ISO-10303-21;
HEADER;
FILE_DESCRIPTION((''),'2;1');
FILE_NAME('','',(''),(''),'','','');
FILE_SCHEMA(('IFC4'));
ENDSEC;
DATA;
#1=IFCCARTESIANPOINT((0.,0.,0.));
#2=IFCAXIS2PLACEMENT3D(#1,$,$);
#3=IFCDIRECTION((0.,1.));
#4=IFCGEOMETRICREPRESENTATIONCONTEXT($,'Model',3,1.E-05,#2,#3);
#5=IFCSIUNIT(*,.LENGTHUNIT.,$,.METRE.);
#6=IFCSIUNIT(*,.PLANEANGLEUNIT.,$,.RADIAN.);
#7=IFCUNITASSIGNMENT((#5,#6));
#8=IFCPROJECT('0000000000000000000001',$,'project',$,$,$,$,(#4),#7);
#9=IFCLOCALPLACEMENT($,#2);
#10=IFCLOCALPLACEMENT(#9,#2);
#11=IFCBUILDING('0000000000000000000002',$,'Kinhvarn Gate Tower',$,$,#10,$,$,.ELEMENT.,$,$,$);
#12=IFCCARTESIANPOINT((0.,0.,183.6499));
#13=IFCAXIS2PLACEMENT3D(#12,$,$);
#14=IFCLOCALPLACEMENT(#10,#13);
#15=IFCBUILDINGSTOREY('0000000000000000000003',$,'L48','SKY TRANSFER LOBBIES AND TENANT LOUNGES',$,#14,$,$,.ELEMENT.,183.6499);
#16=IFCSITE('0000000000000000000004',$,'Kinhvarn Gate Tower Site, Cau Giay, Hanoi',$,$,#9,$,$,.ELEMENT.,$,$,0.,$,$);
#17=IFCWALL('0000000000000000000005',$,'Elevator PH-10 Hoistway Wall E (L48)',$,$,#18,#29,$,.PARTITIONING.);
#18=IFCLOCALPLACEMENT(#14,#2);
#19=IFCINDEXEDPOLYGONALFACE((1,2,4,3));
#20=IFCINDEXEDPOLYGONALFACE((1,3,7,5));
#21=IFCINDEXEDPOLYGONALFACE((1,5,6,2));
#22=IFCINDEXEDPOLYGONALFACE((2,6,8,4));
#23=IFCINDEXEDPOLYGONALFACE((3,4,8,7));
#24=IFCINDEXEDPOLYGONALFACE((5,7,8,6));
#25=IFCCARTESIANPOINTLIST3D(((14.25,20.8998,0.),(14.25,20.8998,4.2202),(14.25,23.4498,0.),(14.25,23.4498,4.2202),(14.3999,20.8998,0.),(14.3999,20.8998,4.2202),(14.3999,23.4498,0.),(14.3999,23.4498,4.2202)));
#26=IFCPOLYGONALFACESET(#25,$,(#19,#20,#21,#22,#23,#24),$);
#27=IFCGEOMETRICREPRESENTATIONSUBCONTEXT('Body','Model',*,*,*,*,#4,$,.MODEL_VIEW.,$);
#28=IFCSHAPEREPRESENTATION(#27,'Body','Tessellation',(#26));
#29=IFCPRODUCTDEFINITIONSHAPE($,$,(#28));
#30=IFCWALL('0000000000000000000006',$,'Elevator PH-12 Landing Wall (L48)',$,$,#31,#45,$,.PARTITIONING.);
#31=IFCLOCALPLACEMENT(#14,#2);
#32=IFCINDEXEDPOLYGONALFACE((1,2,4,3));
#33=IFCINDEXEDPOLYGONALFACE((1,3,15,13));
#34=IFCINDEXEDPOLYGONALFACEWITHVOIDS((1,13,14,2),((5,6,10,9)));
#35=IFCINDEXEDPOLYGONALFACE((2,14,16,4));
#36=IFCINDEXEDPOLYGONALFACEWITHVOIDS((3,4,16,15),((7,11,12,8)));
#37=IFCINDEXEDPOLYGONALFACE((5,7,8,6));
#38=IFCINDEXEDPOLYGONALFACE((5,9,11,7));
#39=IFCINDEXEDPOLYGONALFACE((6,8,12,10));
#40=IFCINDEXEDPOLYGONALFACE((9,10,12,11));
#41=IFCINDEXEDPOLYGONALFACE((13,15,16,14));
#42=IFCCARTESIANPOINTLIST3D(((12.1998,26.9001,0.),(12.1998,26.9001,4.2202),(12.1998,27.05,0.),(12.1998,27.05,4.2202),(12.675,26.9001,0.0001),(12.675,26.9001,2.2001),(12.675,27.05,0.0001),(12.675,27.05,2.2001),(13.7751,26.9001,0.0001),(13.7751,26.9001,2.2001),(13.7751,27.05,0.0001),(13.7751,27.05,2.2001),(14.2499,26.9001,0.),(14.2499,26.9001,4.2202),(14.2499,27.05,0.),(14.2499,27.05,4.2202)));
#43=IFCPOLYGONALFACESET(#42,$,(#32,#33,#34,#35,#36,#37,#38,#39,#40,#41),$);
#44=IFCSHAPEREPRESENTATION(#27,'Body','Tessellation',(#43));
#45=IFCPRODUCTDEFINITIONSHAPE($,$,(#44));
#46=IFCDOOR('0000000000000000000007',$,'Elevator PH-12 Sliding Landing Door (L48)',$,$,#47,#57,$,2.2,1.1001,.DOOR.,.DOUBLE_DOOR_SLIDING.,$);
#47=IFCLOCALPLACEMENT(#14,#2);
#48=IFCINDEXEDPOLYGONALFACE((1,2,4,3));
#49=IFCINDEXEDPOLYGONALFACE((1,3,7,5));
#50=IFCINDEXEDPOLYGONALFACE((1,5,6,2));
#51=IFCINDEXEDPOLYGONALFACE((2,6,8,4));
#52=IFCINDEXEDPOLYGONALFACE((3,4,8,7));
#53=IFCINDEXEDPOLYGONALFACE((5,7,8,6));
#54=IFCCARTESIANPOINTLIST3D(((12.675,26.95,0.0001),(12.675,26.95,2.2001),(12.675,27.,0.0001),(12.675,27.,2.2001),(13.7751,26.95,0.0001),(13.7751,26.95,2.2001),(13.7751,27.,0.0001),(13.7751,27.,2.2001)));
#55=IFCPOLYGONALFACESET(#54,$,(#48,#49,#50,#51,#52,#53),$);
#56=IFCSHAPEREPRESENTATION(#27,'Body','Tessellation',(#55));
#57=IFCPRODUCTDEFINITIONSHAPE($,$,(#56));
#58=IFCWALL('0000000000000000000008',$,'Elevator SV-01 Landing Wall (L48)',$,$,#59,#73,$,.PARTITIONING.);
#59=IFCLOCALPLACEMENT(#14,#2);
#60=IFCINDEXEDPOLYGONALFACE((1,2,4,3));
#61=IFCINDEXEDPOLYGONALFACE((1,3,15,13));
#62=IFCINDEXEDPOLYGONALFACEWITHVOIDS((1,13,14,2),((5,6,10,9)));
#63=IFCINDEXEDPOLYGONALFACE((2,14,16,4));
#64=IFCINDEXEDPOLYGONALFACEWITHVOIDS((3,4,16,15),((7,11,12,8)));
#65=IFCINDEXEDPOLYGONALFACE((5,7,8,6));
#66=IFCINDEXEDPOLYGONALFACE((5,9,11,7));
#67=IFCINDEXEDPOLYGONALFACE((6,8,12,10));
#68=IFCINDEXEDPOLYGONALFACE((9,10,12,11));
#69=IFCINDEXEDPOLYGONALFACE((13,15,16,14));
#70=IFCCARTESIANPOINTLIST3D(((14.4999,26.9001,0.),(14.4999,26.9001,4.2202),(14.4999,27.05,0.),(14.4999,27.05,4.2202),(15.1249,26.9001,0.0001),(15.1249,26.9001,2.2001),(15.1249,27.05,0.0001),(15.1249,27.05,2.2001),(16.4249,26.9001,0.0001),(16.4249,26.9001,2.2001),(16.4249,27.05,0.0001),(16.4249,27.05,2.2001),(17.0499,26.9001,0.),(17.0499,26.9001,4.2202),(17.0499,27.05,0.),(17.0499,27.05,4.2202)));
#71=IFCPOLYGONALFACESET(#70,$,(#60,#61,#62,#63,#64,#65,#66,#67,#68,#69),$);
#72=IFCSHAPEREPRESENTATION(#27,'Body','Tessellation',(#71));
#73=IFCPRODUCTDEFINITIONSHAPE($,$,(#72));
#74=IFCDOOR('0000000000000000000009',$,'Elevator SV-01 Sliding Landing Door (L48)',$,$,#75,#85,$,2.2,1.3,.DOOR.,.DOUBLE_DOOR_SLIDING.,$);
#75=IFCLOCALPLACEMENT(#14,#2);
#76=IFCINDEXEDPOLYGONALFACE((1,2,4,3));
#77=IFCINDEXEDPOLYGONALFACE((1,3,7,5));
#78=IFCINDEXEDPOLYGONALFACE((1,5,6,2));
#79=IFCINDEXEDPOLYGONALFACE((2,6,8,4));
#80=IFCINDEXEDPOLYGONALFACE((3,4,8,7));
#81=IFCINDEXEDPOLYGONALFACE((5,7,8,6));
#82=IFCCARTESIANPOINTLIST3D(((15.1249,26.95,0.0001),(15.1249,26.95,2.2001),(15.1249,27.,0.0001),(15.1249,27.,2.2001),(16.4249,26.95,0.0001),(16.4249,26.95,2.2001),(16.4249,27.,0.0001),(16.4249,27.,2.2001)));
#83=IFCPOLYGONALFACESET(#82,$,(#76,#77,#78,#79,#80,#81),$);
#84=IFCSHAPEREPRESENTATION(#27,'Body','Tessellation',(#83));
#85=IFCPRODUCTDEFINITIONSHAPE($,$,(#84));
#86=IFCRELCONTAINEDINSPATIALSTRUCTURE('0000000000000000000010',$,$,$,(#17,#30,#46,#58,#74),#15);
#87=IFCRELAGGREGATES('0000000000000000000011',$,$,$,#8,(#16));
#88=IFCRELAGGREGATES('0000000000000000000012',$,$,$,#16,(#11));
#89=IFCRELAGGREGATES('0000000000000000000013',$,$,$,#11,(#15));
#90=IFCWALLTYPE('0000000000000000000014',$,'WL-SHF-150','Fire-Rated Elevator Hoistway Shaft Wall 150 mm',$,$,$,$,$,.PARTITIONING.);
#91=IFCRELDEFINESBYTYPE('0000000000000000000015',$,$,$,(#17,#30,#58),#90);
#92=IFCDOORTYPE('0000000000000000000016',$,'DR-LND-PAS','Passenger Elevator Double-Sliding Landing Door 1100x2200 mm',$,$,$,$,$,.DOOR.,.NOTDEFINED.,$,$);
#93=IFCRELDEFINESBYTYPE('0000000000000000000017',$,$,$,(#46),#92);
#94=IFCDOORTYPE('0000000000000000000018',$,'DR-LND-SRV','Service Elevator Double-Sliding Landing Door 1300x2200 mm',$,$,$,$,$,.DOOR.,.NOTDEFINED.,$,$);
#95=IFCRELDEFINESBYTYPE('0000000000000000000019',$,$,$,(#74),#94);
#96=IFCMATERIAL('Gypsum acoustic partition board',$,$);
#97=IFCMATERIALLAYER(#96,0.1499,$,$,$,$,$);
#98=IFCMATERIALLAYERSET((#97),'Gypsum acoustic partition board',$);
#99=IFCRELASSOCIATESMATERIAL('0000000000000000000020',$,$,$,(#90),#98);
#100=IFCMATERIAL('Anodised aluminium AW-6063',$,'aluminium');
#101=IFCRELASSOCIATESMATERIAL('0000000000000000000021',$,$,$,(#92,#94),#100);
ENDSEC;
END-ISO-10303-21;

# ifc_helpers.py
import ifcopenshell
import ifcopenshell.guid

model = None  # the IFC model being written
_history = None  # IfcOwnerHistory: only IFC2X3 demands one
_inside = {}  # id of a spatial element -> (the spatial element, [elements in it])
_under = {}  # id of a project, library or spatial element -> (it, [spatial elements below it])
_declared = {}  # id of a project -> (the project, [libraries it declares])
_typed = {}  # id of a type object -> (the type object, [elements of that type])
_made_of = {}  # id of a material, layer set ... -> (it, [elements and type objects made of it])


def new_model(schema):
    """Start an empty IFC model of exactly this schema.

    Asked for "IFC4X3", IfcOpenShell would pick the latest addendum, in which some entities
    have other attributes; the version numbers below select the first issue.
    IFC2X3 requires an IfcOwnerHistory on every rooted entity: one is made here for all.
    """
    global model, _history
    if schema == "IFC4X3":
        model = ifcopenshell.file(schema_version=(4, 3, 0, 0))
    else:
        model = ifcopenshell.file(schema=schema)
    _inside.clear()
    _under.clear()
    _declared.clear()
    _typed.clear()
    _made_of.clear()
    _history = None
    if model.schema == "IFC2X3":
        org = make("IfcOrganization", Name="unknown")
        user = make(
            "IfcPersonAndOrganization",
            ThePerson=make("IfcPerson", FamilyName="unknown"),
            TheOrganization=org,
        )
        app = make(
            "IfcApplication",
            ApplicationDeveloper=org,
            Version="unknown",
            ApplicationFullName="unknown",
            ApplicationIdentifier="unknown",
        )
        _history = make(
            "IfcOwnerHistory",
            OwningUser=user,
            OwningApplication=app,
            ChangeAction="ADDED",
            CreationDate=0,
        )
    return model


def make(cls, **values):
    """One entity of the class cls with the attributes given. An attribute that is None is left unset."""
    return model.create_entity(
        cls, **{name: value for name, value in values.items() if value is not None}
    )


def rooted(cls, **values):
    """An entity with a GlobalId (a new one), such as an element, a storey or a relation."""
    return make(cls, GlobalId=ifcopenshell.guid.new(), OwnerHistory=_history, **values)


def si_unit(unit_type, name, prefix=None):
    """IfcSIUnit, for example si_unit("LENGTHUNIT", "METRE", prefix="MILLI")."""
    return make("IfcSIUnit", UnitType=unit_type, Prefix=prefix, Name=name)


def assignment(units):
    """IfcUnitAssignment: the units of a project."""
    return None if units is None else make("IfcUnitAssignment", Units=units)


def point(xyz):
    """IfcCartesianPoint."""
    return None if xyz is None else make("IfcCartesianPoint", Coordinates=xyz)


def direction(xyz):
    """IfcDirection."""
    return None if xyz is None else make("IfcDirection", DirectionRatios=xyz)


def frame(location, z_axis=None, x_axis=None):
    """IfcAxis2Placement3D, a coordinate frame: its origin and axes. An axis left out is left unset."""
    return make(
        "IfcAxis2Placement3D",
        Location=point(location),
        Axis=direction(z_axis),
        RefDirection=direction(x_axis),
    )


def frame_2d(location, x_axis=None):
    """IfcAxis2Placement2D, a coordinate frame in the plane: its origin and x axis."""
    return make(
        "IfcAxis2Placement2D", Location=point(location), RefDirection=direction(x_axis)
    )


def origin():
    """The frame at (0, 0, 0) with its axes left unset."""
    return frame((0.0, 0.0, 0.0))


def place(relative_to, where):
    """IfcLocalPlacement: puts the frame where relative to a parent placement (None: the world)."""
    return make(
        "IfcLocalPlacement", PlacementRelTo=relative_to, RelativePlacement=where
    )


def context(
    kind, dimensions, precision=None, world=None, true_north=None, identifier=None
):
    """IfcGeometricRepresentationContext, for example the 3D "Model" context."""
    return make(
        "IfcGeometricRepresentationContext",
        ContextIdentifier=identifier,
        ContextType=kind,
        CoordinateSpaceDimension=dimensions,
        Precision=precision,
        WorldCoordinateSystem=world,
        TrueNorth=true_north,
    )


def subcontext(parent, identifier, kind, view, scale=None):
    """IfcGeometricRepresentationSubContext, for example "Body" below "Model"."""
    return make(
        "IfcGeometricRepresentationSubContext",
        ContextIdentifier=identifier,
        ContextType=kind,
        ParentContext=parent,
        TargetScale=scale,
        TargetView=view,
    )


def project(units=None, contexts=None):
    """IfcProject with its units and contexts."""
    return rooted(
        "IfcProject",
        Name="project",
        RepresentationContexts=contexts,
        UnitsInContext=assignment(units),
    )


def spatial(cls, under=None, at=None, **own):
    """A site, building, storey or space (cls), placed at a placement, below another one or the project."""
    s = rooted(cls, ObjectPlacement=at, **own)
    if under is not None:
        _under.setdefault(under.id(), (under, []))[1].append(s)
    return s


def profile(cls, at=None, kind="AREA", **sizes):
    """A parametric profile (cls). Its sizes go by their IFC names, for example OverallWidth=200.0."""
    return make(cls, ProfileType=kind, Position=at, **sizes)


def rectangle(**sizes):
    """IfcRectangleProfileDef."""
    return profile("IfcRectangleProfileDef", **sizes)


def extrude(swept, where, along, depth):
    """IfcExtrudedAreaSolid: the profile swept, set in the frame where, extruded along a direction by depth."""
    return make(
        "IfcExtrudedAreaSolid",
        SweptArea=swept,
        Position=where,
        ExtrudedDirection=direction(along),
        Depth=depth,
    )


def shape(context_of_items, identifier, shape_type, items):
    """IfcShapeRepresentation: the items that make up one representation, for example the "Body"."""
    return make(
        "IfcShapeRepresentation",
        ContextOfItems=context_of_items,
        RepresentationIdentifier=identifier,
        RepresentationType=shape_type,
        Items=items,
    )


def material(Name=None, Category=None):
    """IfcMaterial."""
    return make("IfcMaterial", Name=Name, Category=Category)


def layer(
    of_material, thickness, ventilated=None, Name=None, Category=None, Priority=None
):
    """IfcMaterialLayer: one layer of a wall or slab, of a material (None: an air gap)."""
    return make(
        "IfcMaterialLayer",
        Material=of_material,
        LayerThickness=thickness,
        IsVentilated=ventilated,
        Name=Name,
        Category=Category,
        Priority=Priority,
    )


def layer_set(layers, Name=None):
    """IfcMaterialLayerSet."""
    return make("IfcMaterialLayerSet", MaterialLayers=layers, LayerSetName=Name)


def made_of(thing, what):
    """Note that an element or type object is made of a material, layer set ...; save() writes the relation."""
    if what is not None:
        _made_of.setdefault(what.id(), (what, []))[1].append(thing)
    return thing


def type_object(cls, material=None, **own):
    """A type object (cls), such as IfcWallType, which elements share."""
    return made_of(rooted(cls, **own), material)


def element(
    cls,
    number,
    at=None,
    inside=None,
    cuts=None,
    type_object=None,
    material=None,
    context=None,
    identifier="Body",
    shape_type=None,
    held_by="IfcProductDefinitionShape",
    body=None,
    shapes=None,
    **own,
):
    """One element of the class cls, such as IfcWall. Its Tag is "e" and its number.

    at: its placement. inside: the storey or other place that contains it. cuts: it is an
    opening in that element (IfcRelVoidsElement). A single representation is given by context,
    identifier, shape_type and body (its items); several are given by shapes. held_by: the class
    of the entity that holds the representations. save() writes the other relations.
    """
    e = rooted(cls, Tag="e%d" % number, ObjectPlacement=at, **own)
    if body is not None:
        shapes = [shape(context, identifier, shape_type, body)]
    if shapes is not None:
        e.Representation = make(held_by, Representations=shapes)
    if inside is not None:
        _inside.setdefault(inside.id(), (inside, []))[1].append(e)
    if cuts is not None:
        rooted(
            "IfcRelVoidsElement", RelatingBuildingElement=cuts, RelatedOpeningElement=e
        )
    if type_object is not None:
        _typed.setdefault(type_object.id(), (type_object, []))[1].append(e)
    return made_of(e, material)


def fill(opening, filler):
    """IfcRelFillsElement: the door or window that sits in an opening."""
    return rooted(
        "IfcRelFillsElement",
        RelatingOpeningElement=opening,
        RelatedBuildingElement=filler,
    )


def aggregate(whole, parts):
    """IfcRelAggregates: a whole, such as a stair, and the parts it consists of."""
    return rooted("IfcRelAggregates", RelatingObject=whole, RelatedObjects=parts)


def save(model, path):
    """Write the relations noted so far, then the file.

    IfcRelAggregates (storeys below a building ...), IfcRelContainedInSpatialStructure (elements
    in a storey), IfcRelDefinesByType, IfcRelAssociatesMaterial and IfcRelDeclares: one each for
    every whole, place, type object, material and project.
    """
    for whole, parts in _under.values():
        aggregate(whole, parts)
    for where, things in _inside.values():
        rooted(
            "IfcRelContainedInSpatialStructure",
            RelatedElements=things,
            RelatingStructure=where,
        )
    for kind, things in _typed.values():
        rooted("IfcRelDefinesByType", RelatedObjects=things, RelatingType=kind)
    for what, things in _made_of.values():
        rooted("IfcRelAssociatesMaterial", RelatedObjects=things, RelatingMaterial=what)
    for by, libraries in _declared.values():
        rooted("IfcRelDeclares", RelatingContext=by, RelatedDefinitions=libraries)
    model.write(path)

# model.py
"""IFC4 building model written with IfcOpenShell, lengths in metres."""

from ifc_helpers import new_model, si_unit, direction, frame, frame_2d, origin, place, context, subcontext, project, spatial, rectangle, extrude, material, layer, layer_set, type_object, element, fill, save


model = new_model("IFC4")

# Units and contexts
model_context = context("Model", 3, precision=1e-05, world=origin(), true_north=direction((0.0, 1.0)))
body_context = subcontext(model_context, "Body", "Model", "MODEL_VIEW")
ifc_project = project(units=[si_unit("LENGTHUNIT", "METRE"), si_unit("PLANEANGLEUNIT", "RADIAN")], contexts=[model_context])

# Site, building, storey
site_placement = place(None, origin())
site = spatial("IfcSite", under=ifc_project, at=site_placement, Name="Kinhvarn Gate Tower Site, Cau Giay, Hanoi", CompositionType="ELEMENT", RefElevation=0.0)
building_placement = place(site_placement, origin())
building = spatial("IfcBuilding", under=site, at=building_placement, Name="Kinhvarn Gate Tower", CompositionType="ELEMENT")
storey_placement = place(building_placement, frame((0.0, 0.0, 183.6499)))
storey = spatial("IfcBuildingStorey", under=building, at=storey_placement, Name="L48", Description="SKY TRANSFER LOBBIES AND TENANT LOUNGES", CompositionType="ELEMENT", Elevation=183.6499)

# Shared definitions
ifc_material_1 = material(Name="Gypsum acoustic partition board")

# Shared definitions
ifc_material_2 = material(Name="Anodised aluminium AW-6063", Category="aluminium")

# Wall
ifc_layer_1 = layer(ifc_material_1, 0.1499)
ifc_layer_set_1 = layer_set([ifc_layer_1], Name="Gypsum acoustic partition board")
wall_type_1 = type_object("IfcWallType", Name="WL-SHF-150", Description="Fire-Rated Elevator Hoistway Shaft Wall 150 mm", PredefinedType="PARTITIONING", material=ifc_layer_set_1)
wall_1_placement = place(storey_placement, frame((14.325, 20.8999, 0.0), z_axis=(0.0, 0.0, 1.0), x_axis=(0.0, 1.0, 0.0)))
element("IfcWall", 1, at=wall_1_placement, inside=storey, type_object=wall_type_1, Name="Elevator PH-10 Hoistway Wall E (L48)", PredefinedType="PARTITIONING", context=body_context, shape_type="SweptSolid", body=[
    extrude(rectangle(XDim=2.55, YDim=0.1499, at=frame_2d((1.2749, 0.0))), origin(), (0.0, 0.0, 1.0), 4.2202),
])

# Walls, openings, doors
wall_2_placement = place(storey_placement, frame((12.2, 26.9751, 0.0), z_axis=(0.0, 0.0, 1.0), x_axis=(1.0, 0.0, 0.0)))
wall_2 = element("IfcWall", 2, at=wall_2_placement, inside=storey, type_object=wall_type_1, Name="Elevator PH-12 Landing Wall (L48)", PredefinedType="PARTITIONING", context=body_context, shape_type="SweptSolid", body=[
    extrude(rectangle(XDim=2.05, YDim=0.1499, at=frame_2d((1.0249, 0.0))), origin(), (0.0, 0.0, 1.0), 4.2202),
])
opening_1_placement = place(wall_2_placement, frame((0.4751, 0.0, 0.0)))
opening_1 = element("IfcOpeningElement", 3, at=opening_1_placement, cuts=wall_2, PredefinedType="OPENING", context=body_context, shape_type="SweptSolid", body=[
    extrude(rectangle(XDim=1.1001, YDim=2.2, at=frame_2d((0.55, 1.1001))), frame((0.0, 0.085, 0.0), z_axis=(0.0, -1.0, 0.0), x_axis=(1.0, 0.0, 0.0)), (0.0, 0.0, 1.0), 0.1699),
])
door_type_1 = type_object("IfcDoorType", Name="DR-LND-PAS", Description="Passenger Elevator Double-Sliding Landing Door 1100x2200 mm", OperationType="NOTDEFINED", PredefinedType="DOOR", material=ifc_material_2)
door_1_placement = place(opening_1_placement, origin())
door_1 = element("IfcDoor", 4, at=door_1_placement, inside=storey, type_object=door_type_1, Name="Elevator PH-12 Sliding Landing Door (L48)", OperationType="DOUBLE_DOOR_SLIDING", OverallHeight=2.2, OverallWidth=1.1001, PredefinedType="DOOR", context=body_context, shape_type="SweptSolid", body=[
    extrude(rectangle(XDim=1.1001, YDim=2.2, at=frame_2d((0.55, 1.1001))), frame((0.0, 0.0249, 0.0), z_axis=(0.0, -1.0, 0.0), x_axis=(1.0, 0.0, 0.0)), (0.0, 0.0, 1.0), 0.05),
])
fill(opening_1, door_1)
wall_3_placement = place(storey_placement, frame((14.5, 26.9751, 0.0), z_axis=(0.0, 0.0, 1.0), x_axis=(1.0, 0.0, 0.0)))
wall_3 = element("IfcWall", 5, at=wall_3_placement, inside=storey, type_object=wall_type_1, Name="Elevator SV-01 Landing Wall (L48)", PredefinedType="PARTITIONING", context=body_context, shape_type="SweptSolid", body=[
    extrude(rectangle(XDim=2.55, YDim=0.1499, at=frame_2d((1.2749, 0.0))), origin(), (0.0, 0.0, 1.0), 4.2202),
])
opening_2_placement = place(wall_3_placement, frame((0.625, 0.0, 0.0)))
opening_2 = element("IfcOpeningElement", 6, at=opening_2_placement, cuts=wall_3, PredefinedType="OPENING", context=body_context, shape_type="SweptSolid", body=[
    extrude(rectangle(XDim=1.3, YDim=2.2, at=frame_2d((0.6499, 1.1001))), frame((0.0, 0.085, 0.0), z_axis=(0.0, -1.0, 0.0), x_axis=(1.0, 0.0, 0.0)), (0.0, 0.0, 1.0), 0.1699),
])
door_type_2 = type_object("IfcDoorType", Name="DR-LND-SRV", Description="Service Elevator Double-Sliding Landing Door 1300x2200 mm", OperationType="NOTDEFINED", PredefinedType="DOOR", material=ifc_material_2)
door_2_placement = place(opening_2_placement, origin())
door_2 = element("IfcDoor", 7, at=door_2_placement, inside=storey, type_object=door_type_2, Name="Elevator SV-01 Sliding Landing Door (L48)", OperationType="DOUBLE_DOOR_SLIDING", OverallHeight=2.2, OverallWidth=1.3, PredefinedType="DOOR", context=body_context, shape_type="SweptSolid", body=[
    extrude(rectangle(XDim=1.3, YDim=2.2, at=frame_2d((0.6499, 1.1001))), frame((0.0, 0.0249, 0.0), z_axis=(0.0, -1.0, 0.0), x_axis=(1.0, 0.0, 0.0)), (0.0, 0.0, 1.0), 0.05),
])
fill(opening_2, door_2)

save(model, "model.ifc")
